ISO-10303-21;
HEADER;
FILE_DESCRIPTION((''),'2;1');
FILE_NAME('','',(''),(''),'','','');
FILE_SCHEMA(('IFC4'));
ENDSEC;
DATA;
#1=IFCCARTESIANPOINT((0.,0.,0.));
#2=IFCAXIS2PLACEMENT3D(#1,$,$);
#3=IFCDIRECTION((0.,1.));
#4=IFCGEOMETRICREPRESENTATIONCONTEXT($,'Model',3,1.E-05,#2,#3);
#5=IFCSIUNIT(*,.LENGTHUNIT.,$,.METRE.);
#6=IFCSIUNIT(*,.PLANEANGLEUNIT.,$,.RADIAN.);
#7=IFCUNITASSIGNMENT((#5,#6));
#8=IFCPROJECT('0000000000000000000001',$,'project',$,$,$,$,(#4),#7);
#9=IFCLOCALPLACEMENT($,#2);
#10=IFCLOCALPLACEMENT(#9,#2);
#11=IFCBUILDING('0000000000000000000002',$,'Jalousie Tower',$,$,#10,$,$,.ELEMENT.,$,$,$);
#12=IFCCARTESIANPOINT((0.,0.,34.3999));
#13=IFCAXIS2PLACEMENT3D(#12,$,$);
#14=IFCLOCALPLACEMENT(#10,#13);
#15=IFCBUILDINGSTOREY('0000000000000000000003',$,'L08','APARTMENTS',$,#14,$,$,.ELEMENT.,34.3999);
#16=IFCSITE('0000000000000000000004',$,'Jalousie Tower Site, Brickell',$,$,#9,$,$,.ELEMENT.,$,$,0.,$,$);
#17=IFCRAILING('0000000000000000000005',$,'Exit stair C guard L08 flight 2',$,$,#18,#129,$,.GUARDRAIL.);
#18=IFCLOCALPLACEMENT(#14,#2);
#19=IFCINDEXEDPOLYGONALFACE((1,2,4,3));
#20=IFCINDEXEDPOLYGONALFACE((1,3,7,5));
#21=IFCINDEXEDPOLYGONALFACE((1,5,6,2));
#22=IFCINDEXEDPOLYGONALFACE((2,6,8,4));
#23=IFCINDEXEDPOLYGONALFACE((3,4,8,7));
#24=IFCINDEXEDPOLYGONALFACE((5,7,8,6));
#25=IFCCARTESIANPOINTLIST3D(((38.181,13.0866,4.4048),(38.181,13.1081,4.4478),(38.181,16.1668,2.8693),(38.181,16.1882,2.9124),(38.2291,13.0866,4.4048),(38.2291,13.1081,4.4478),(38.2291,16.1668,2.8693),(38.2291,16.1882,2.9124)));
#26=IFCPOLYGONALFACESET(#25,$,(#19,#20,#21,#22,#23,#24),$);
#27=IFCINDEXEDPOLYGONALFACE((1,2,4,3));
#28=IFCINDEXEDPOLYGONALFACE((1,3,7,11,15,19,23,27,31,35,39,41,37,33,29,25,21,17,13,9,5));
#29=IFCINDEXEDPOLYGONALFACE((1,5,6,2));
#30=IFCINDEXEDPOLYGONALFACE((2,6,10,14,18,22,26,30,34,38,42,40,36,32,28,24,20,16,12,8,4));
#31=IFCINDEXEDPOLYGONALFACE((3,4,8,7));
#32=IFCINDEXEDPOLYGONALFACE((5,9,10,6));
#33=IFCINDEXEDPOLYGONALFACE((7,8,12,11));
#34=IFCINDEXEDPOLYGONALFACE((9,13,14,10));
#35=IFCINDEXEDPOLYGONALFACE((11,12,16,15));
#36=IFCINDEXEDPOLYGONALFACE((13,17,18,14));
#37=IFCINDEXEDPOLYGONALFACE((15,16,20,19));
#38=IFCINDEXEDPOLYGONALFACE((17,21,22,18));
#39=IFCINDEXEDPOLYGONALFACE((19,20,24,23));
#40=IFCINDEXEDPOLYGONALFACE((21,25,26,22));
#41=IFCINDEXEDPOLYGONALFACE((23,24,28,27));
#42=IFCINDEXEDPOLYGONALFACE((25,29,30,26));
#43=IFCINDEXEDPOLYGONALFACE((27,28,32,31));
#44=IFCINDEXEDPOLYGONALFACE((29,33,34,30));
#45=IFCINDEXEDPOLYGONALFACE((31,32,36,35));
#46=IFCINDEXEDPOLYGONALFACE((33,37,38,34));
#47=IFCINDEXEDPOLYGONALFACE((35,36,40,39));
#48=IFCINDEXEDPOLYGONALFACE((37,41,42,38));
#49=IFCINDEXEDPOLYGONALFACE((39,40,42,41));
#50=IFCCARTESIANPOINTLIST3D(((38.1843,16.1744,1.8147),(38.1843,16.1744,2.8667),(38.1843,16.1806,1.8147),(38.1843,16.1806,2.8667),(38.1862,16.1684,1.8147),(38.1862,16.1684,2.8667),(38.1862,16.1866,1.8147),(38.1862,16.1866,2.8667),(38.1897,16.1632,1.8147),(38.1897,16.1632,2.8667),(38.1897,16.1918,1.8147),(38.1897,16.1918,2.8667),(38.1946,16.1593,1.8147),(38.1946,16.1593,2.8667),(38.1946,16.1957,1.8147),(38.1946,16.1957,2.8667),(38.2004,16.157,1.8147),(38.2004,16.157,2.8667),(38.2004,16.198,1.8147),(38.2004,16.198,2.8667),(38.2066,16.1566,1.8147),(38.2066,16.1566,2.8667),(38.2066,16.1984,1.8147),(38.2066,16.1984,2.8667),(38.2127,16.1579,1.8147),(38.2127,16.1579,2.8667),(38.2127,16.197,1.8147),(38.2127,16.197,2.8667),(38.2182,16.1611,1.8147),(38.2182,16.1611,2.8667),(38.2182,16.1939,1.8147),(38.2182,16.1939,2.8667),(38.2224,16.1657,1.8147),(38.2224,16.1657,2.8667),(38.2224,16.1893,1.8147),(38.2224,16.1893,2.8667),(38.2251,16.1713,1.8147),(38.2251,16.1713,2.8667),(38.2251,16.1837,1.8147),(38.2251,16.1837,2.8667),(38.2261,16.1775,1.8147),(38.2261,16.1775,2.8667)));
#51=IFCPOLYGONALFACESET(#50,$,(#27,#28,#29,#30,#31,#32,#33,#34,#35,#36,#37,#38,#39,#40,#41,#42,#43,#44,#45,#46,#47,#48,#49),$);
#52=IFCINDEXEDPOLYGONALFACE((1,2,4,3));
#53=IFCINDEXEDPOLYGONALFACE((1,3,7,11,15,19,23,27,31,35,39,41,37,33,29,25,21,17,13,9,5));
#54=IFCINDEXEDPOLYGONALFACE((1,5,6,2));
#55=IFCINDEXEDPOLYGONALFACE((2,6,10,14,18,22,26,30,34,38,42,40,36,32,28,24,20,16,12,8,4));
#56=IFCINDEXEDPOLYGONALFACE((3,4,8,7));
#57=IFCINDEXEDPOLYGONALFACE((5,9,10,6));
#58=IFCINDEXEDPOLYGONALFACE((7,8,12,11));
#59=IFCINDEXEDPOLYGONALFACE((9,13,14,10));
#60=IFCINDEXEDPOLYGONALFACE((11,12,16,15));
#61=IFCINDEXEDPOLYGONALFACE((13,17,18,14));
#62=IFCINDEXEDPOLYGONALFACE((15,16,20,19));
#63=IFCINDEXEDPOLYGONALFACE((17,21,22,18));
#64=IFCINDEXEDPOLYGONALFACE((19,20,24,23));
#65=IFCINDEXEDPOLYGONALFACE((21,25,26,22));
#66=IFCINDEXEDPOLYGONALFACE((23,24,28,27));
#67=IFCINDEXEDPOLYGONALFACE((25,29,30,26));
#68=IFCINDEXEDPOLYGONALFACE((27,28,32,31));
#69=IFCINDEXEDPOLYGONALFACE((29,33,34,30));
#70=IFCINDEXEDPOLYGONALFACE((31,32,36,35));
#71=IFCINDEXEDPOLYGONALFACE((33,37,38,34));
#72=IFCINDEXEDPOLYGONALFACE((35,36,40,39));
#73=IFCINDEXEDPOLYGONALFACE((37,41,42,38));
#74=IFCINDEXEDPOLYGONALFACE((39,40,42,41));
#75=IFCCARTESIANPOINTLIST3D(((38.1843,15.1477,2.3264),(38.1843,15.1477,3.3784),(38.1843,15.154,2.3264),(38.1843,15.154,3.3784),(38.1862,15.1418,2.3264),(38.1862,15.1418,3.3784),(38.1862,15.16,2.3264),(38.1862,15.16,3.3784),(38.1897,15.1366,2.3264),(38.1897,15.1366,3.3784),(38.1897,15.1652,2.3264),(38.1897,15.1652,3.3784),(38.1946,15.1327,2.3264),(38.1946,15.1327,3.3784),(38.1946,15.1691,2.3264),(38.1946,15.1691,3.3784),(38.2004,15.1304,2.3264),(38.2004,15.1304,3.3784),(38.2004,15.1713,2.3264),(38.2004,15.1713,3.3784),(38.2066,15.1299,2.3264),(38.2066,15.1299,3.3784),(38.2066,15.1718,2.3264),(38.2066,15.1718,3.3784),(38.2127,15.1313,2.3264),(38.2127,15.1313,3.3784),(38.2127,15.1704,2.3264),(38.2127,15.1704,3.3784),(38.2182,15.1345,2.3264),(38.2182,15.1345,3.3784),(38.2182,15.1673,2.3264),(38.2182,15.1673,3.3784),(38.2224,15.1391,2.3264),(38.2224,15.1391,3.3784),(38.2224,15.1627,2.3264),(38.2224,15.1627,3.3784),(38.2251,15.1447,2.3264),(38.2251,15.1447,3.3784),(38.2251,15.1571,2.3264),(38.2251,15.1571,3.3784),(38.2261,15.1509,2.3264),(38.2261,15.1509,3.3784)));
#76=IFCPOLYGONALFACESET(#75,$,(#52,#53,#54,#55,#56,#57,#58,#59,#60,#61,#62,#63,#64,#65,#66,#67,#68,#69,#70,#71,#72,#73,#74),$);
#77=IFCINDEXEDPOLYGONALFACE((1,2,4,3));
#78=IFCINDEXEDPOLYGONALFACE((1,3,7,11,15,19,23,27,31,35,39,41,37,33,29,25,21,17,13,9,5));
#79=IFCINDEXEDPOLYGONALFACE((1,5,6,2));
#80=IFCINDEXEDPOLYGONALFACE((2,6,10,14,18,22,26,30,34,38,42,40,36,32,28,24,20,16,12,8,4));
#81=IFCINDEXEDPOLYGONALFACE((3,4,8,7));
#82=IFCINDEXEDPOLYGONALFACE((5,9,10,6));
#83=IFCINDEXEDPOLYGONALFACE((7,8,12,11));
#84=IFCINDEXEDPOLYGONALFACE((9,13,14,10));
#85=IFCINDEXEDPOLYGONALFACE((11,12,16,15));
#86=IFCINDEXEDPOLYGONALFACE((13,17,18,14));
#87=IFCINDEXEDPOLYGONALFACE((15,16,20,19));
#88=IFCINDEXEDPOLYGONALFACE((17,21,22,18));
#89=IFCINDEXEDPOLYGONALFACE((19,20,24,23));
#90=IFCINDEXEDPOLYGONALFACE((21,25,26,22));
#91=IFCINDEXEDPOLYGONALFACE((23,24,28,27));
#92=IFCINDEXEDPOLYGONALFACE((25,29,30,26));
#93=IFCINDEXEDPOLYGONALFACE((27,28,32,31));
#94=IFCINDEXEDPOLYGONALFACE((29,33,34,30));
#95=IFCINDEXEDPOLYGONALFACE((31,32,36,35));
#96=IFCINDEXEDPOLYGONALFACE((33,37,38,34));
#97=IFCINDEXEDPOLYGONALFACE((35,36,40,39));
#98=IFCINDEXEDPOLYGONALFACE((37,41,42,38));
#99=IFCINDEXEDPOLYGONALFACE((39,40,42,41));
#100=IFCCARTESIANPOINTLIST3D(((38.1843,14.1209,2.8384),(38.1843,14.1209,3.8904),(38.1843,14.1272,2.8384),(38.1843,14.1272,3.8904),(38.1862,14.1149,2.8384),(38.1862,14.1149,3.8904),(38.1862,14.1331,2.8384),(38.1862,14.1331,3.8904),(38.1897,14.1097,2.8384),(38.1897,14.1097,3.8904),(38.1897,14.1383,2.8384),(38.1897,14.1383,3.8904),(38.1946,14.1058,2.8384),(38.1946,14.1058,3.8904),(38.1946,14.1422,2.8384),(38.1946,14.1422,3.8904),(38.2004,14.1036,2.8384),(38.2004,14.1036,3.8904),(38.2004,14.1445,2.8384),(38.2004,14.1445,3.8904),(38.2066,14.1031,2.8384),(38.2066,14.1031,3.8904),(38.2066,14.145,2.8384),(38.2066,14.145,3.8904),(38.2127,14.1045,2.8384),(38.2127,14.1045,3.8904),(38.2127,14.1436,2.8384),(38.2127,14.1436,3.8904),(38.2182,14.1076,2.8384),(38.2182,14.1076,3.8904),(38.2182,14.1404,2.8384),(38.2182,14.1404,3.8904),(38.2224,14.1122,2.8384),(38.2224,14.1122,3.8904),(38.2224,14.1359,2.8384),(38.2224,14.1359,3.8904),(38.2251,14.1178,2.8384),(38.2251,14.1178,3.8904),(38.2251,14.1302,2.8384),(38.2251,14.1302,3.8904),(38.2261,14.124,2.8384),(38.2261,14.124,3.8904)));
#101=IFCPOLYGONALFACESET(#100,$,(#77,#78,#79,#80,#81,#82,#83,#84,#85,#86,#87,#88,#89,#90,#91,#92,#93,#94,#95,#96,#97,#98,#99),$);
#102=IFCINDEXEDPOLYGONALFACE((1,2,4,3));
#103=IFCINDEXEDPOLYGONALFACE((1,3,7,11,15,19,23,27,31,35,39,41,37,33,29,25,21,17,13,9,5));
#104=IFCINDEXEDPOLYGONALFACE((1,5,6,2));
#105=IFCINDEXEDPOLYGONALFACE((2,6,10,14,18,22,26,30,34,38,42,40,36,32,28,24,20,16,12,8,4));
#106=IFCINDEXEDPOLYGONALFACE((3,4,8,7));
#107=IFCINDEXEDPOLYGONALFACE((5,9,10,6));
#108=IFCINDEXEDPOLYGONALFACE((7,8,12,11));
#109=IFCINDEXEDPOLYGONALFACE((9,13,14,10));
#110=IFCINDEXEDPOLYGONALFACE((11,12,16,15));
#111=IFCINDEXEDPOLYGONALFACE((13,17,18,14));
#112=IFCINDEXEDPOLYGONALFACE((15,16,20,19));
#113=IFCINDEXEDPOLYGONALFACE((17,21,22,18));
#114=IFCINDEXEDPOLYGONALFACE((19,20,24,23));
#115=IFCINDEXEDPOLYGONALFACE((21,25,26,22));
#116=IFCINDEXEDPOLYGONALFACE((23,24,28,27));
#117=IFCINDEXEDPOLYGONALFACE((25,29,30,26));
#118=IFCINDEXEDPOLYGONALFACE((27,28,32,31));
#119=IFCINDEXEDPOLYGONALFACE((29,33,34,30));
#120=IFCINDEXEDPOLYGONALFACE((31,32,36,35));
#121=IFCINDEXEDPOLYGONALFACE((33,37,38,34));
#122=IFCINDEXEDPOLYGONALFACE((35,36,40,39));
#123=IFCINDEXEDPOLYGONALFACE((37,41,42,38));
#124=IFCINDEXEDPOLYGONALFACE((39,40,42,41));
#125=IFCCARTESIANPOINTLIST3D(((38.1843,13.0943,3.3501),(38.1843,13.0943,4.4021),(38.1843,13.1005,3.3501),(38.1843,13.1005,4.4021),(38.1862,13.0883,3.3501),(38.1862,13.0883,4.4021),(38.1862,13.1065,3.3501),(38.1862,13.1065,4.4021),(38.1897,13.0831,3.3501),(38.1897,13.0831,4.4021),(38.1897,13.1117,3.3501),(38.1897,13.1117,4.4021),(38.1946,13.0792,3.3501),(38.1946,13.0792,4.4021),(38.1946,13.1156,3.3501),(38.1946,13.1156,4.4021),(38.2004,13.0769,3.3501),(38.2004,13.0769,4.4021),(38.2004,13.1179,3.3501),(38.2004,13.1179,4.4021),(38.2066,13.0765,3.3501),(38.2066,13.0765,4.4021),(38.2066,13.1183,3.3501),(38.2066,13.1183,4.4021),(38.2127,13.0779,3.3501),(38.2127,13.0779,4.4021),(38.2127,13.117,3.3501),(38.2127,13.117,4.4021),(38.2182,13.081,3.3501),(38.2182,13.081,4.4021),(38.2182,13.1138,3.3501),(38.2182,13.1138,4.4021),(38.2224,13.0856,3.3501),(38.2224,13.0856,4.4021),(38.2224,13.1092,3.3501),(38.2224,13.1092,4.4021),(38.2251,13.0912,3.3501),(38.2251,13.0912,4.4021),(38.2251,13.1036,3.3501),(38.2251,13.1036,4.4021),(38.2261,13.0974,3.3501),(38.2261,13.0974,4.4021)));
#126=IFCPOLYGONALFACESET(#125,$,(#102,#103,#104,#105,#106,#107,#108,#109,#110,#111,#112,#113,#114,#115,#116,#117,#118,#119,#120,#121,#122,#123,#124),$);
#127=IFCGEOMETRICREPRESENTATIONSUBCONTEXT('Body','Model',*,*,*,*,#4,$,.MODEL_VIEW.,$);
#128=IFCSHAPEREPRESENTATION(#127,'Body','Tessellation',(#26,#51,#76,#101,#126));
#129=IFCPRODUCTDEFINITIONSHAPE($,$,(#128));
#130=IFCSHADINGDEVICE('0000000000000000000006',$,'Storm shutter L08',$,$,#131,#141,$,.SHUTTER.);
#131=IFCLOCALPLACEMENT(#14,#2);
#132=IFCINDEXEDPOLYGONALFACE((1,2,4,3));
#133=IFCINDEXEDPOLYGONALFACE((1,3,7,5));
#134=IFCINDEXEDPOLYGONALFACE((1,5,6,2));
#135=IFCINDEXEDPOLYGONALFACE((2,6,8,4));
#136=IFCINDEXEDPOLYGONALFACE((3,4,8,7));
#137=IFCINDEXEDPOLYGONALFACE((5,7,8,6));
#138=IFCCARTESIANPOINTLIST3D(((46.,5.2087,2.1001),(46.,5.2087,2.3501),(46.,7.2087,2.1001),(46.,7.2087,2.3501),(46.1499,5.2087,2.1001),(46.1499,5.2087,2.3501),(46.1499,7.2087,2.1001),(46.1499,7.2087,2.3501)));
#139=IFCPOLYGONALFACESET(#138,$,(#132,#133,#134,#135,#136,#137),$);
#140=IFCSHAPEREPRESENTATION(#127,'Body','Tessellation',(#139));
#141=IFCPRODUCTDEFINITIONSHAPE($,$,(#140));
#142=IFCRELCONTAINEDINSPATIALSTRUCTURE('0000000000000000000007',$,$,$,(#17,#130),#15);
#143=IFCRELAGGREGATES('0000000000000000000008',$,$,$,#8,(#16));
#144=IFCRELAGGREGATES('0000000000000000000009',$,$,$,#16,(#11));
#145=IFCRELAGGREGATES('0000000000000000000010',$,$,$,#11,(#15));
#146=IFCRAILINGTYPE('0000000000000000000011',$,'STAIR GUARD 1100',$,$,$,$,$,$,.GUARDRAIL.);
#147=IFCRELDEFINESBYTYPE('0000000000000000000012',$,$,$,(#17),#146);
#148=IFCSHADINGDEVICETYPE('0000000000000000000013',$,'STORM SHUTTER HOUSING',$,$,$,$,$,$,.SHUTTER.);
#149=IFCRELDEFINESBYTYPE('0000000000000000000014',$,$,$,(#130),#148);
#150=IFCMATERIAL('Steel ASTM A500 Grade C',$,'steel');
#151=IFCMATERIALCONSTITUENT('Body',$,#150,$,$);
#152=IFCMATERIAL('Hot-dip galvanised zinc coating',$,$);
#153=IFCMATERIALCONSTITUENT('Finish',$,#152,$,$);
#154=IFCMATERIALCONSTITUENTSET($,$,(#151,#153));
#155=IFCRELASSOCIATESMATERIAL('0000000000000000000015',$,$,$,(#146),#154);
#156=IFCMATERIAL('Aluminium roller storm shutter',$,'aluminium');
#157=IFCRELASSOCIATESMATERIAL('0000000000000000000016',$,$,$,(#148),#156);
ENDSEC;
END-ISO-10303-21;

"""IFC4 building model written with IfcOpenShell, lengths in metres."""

from ifc_helpers import new_model, si_unit, direction, frame, origin, origin_2d, place, context, subcontext, project, spatial, rectangle, circle, extrude, material, constituent, constituent_set, type_object, element, save


model = new_model("IFC4")

# Units and contexts
model_context = context("Model", 3, precision=1e-05, world=origin(), true_north=direction((0.0, 1.0)))
body_context = subcontext(model_context, "Body", "Model", "MODEL_VIEW")
ifc_project = project(units=[si_unit("LENGTHUNIT", "METRE"), si_unit("PLANEANGLEUNIT", "RADIAN")], contexts=[model_context])

# Site, building, storey
site_placement = place(None, origin())
site = spatial("IfcSite", under=ifc_project, at=site_placement, Name="Jalousie Tower Site, Brickell", CompositionType="ELEMENT", RefElevation=0.0)
building_placement = place(site_placement, origin())
building = spatial("IfcBuilding", under=site, at=building_placement, Name="Jalousie Tower", CompositionType="ELEMENT")
storey_placement = place(building_placement, frame((0.0, 0.0, 34.3999)))
storey = spatial("IfcBuildingStorey", under=building, at=storey_placement, Name="L08", Description="APARTMENTS", CompositionType="ELEMENT", Elevation=34.3999)

# Railing
ifc_material_1 = material(Name="Steel ASTM A500 Grade C", Category="steel")
ifc_constituent_1 = constituent(ifc_material_1, Name="Body")
ifc_material_2 = material(Name="Hot-dip galvanised zinc coating")
ifc_constituent_2 = constituent(ifc_material_2, Name="Finish")
ifc_constituent_set_1 = constituent_set(constituents=[ifc_constituent_1, ifc_constituent_2])
railing_type = type_object("IfcRailingType", Name="STAIR GUARD 1100", PredefinedType="GUARDRAIL", material=ifc_constituent_set_1)
railing_1_placement = place(storey_placement, frame((38.2051, 16.1775, 1.8147)))
element("IfcRailing", 1, at=railing_1_placement, inside=storey, type_object=railing_type, Name="Exit stair C guard L08 flight 2", PredefinedType="GUARDRAIL", context=body_context, shape_type="SweptSolid", body=[
    extrude(rectangle(XDim=0.0481, YDim=0.0481, at=origin_2d()), frame((0.0, 0.0, 1.0762), z_axis=(0.0, -0.894966, 0.446135), x_axis=(1.0, 0.0, 0.0)), (0.0, 0.0, 1.0), 3.4417),
    extrude(circle(Radius=0.021, at=origin_2d()), origin(), (0.0, 0.0, 1.0), 1.052),
    extrude(circle(Radius=0.021, at=origin_2d()), frame((0.0, -1.0266, 0.5117)), (0.0, 0.0, 1.0), 1.052),
    extrude(circle(Radius=0.021, at=origin_2d()), frame((0.0, -2.0535, 1.0237)), (0.0, 0.0, 1.0), 1.052),
    extrude(circle(Radius=0.021, at=origin_2d()), frame((0.0, -3.0801, 1.5354)), (0.0, 0.0, 1.0), 1.052),
])

# Shading device
ifc_material_3 = material(Name="Aluminium roller storm shutter", Category="aluminium")
shading_device_type = type_object("IfcShadingDeviceType", Name="STORM SHUTTER HOUSING", PredefinedType="SHUTTER", material=ifc_material_3)
shading_device_placement = place(storey_placement, frame((46.075, 6.2087, 2.1001), z_axis=(0.0, 0.0, 1.0), x_axis=(0.0, 1.0, 0.0)))
element("IfcShadingDevice", 2, at=shading_device_placement, inside=storey, type_object=shading_device_type, Name="Storm shutter L08", PredefinedType="SHUTTER", context=body_context, shape_type="SweptSolid", body=[
    extrude(rectangle(XDim=2.0, YDim=0.1499, at=origin_2d()), origin(), (0.0, 0.0, 1.0), 0.25),
])

save(model, "model.ifc")
